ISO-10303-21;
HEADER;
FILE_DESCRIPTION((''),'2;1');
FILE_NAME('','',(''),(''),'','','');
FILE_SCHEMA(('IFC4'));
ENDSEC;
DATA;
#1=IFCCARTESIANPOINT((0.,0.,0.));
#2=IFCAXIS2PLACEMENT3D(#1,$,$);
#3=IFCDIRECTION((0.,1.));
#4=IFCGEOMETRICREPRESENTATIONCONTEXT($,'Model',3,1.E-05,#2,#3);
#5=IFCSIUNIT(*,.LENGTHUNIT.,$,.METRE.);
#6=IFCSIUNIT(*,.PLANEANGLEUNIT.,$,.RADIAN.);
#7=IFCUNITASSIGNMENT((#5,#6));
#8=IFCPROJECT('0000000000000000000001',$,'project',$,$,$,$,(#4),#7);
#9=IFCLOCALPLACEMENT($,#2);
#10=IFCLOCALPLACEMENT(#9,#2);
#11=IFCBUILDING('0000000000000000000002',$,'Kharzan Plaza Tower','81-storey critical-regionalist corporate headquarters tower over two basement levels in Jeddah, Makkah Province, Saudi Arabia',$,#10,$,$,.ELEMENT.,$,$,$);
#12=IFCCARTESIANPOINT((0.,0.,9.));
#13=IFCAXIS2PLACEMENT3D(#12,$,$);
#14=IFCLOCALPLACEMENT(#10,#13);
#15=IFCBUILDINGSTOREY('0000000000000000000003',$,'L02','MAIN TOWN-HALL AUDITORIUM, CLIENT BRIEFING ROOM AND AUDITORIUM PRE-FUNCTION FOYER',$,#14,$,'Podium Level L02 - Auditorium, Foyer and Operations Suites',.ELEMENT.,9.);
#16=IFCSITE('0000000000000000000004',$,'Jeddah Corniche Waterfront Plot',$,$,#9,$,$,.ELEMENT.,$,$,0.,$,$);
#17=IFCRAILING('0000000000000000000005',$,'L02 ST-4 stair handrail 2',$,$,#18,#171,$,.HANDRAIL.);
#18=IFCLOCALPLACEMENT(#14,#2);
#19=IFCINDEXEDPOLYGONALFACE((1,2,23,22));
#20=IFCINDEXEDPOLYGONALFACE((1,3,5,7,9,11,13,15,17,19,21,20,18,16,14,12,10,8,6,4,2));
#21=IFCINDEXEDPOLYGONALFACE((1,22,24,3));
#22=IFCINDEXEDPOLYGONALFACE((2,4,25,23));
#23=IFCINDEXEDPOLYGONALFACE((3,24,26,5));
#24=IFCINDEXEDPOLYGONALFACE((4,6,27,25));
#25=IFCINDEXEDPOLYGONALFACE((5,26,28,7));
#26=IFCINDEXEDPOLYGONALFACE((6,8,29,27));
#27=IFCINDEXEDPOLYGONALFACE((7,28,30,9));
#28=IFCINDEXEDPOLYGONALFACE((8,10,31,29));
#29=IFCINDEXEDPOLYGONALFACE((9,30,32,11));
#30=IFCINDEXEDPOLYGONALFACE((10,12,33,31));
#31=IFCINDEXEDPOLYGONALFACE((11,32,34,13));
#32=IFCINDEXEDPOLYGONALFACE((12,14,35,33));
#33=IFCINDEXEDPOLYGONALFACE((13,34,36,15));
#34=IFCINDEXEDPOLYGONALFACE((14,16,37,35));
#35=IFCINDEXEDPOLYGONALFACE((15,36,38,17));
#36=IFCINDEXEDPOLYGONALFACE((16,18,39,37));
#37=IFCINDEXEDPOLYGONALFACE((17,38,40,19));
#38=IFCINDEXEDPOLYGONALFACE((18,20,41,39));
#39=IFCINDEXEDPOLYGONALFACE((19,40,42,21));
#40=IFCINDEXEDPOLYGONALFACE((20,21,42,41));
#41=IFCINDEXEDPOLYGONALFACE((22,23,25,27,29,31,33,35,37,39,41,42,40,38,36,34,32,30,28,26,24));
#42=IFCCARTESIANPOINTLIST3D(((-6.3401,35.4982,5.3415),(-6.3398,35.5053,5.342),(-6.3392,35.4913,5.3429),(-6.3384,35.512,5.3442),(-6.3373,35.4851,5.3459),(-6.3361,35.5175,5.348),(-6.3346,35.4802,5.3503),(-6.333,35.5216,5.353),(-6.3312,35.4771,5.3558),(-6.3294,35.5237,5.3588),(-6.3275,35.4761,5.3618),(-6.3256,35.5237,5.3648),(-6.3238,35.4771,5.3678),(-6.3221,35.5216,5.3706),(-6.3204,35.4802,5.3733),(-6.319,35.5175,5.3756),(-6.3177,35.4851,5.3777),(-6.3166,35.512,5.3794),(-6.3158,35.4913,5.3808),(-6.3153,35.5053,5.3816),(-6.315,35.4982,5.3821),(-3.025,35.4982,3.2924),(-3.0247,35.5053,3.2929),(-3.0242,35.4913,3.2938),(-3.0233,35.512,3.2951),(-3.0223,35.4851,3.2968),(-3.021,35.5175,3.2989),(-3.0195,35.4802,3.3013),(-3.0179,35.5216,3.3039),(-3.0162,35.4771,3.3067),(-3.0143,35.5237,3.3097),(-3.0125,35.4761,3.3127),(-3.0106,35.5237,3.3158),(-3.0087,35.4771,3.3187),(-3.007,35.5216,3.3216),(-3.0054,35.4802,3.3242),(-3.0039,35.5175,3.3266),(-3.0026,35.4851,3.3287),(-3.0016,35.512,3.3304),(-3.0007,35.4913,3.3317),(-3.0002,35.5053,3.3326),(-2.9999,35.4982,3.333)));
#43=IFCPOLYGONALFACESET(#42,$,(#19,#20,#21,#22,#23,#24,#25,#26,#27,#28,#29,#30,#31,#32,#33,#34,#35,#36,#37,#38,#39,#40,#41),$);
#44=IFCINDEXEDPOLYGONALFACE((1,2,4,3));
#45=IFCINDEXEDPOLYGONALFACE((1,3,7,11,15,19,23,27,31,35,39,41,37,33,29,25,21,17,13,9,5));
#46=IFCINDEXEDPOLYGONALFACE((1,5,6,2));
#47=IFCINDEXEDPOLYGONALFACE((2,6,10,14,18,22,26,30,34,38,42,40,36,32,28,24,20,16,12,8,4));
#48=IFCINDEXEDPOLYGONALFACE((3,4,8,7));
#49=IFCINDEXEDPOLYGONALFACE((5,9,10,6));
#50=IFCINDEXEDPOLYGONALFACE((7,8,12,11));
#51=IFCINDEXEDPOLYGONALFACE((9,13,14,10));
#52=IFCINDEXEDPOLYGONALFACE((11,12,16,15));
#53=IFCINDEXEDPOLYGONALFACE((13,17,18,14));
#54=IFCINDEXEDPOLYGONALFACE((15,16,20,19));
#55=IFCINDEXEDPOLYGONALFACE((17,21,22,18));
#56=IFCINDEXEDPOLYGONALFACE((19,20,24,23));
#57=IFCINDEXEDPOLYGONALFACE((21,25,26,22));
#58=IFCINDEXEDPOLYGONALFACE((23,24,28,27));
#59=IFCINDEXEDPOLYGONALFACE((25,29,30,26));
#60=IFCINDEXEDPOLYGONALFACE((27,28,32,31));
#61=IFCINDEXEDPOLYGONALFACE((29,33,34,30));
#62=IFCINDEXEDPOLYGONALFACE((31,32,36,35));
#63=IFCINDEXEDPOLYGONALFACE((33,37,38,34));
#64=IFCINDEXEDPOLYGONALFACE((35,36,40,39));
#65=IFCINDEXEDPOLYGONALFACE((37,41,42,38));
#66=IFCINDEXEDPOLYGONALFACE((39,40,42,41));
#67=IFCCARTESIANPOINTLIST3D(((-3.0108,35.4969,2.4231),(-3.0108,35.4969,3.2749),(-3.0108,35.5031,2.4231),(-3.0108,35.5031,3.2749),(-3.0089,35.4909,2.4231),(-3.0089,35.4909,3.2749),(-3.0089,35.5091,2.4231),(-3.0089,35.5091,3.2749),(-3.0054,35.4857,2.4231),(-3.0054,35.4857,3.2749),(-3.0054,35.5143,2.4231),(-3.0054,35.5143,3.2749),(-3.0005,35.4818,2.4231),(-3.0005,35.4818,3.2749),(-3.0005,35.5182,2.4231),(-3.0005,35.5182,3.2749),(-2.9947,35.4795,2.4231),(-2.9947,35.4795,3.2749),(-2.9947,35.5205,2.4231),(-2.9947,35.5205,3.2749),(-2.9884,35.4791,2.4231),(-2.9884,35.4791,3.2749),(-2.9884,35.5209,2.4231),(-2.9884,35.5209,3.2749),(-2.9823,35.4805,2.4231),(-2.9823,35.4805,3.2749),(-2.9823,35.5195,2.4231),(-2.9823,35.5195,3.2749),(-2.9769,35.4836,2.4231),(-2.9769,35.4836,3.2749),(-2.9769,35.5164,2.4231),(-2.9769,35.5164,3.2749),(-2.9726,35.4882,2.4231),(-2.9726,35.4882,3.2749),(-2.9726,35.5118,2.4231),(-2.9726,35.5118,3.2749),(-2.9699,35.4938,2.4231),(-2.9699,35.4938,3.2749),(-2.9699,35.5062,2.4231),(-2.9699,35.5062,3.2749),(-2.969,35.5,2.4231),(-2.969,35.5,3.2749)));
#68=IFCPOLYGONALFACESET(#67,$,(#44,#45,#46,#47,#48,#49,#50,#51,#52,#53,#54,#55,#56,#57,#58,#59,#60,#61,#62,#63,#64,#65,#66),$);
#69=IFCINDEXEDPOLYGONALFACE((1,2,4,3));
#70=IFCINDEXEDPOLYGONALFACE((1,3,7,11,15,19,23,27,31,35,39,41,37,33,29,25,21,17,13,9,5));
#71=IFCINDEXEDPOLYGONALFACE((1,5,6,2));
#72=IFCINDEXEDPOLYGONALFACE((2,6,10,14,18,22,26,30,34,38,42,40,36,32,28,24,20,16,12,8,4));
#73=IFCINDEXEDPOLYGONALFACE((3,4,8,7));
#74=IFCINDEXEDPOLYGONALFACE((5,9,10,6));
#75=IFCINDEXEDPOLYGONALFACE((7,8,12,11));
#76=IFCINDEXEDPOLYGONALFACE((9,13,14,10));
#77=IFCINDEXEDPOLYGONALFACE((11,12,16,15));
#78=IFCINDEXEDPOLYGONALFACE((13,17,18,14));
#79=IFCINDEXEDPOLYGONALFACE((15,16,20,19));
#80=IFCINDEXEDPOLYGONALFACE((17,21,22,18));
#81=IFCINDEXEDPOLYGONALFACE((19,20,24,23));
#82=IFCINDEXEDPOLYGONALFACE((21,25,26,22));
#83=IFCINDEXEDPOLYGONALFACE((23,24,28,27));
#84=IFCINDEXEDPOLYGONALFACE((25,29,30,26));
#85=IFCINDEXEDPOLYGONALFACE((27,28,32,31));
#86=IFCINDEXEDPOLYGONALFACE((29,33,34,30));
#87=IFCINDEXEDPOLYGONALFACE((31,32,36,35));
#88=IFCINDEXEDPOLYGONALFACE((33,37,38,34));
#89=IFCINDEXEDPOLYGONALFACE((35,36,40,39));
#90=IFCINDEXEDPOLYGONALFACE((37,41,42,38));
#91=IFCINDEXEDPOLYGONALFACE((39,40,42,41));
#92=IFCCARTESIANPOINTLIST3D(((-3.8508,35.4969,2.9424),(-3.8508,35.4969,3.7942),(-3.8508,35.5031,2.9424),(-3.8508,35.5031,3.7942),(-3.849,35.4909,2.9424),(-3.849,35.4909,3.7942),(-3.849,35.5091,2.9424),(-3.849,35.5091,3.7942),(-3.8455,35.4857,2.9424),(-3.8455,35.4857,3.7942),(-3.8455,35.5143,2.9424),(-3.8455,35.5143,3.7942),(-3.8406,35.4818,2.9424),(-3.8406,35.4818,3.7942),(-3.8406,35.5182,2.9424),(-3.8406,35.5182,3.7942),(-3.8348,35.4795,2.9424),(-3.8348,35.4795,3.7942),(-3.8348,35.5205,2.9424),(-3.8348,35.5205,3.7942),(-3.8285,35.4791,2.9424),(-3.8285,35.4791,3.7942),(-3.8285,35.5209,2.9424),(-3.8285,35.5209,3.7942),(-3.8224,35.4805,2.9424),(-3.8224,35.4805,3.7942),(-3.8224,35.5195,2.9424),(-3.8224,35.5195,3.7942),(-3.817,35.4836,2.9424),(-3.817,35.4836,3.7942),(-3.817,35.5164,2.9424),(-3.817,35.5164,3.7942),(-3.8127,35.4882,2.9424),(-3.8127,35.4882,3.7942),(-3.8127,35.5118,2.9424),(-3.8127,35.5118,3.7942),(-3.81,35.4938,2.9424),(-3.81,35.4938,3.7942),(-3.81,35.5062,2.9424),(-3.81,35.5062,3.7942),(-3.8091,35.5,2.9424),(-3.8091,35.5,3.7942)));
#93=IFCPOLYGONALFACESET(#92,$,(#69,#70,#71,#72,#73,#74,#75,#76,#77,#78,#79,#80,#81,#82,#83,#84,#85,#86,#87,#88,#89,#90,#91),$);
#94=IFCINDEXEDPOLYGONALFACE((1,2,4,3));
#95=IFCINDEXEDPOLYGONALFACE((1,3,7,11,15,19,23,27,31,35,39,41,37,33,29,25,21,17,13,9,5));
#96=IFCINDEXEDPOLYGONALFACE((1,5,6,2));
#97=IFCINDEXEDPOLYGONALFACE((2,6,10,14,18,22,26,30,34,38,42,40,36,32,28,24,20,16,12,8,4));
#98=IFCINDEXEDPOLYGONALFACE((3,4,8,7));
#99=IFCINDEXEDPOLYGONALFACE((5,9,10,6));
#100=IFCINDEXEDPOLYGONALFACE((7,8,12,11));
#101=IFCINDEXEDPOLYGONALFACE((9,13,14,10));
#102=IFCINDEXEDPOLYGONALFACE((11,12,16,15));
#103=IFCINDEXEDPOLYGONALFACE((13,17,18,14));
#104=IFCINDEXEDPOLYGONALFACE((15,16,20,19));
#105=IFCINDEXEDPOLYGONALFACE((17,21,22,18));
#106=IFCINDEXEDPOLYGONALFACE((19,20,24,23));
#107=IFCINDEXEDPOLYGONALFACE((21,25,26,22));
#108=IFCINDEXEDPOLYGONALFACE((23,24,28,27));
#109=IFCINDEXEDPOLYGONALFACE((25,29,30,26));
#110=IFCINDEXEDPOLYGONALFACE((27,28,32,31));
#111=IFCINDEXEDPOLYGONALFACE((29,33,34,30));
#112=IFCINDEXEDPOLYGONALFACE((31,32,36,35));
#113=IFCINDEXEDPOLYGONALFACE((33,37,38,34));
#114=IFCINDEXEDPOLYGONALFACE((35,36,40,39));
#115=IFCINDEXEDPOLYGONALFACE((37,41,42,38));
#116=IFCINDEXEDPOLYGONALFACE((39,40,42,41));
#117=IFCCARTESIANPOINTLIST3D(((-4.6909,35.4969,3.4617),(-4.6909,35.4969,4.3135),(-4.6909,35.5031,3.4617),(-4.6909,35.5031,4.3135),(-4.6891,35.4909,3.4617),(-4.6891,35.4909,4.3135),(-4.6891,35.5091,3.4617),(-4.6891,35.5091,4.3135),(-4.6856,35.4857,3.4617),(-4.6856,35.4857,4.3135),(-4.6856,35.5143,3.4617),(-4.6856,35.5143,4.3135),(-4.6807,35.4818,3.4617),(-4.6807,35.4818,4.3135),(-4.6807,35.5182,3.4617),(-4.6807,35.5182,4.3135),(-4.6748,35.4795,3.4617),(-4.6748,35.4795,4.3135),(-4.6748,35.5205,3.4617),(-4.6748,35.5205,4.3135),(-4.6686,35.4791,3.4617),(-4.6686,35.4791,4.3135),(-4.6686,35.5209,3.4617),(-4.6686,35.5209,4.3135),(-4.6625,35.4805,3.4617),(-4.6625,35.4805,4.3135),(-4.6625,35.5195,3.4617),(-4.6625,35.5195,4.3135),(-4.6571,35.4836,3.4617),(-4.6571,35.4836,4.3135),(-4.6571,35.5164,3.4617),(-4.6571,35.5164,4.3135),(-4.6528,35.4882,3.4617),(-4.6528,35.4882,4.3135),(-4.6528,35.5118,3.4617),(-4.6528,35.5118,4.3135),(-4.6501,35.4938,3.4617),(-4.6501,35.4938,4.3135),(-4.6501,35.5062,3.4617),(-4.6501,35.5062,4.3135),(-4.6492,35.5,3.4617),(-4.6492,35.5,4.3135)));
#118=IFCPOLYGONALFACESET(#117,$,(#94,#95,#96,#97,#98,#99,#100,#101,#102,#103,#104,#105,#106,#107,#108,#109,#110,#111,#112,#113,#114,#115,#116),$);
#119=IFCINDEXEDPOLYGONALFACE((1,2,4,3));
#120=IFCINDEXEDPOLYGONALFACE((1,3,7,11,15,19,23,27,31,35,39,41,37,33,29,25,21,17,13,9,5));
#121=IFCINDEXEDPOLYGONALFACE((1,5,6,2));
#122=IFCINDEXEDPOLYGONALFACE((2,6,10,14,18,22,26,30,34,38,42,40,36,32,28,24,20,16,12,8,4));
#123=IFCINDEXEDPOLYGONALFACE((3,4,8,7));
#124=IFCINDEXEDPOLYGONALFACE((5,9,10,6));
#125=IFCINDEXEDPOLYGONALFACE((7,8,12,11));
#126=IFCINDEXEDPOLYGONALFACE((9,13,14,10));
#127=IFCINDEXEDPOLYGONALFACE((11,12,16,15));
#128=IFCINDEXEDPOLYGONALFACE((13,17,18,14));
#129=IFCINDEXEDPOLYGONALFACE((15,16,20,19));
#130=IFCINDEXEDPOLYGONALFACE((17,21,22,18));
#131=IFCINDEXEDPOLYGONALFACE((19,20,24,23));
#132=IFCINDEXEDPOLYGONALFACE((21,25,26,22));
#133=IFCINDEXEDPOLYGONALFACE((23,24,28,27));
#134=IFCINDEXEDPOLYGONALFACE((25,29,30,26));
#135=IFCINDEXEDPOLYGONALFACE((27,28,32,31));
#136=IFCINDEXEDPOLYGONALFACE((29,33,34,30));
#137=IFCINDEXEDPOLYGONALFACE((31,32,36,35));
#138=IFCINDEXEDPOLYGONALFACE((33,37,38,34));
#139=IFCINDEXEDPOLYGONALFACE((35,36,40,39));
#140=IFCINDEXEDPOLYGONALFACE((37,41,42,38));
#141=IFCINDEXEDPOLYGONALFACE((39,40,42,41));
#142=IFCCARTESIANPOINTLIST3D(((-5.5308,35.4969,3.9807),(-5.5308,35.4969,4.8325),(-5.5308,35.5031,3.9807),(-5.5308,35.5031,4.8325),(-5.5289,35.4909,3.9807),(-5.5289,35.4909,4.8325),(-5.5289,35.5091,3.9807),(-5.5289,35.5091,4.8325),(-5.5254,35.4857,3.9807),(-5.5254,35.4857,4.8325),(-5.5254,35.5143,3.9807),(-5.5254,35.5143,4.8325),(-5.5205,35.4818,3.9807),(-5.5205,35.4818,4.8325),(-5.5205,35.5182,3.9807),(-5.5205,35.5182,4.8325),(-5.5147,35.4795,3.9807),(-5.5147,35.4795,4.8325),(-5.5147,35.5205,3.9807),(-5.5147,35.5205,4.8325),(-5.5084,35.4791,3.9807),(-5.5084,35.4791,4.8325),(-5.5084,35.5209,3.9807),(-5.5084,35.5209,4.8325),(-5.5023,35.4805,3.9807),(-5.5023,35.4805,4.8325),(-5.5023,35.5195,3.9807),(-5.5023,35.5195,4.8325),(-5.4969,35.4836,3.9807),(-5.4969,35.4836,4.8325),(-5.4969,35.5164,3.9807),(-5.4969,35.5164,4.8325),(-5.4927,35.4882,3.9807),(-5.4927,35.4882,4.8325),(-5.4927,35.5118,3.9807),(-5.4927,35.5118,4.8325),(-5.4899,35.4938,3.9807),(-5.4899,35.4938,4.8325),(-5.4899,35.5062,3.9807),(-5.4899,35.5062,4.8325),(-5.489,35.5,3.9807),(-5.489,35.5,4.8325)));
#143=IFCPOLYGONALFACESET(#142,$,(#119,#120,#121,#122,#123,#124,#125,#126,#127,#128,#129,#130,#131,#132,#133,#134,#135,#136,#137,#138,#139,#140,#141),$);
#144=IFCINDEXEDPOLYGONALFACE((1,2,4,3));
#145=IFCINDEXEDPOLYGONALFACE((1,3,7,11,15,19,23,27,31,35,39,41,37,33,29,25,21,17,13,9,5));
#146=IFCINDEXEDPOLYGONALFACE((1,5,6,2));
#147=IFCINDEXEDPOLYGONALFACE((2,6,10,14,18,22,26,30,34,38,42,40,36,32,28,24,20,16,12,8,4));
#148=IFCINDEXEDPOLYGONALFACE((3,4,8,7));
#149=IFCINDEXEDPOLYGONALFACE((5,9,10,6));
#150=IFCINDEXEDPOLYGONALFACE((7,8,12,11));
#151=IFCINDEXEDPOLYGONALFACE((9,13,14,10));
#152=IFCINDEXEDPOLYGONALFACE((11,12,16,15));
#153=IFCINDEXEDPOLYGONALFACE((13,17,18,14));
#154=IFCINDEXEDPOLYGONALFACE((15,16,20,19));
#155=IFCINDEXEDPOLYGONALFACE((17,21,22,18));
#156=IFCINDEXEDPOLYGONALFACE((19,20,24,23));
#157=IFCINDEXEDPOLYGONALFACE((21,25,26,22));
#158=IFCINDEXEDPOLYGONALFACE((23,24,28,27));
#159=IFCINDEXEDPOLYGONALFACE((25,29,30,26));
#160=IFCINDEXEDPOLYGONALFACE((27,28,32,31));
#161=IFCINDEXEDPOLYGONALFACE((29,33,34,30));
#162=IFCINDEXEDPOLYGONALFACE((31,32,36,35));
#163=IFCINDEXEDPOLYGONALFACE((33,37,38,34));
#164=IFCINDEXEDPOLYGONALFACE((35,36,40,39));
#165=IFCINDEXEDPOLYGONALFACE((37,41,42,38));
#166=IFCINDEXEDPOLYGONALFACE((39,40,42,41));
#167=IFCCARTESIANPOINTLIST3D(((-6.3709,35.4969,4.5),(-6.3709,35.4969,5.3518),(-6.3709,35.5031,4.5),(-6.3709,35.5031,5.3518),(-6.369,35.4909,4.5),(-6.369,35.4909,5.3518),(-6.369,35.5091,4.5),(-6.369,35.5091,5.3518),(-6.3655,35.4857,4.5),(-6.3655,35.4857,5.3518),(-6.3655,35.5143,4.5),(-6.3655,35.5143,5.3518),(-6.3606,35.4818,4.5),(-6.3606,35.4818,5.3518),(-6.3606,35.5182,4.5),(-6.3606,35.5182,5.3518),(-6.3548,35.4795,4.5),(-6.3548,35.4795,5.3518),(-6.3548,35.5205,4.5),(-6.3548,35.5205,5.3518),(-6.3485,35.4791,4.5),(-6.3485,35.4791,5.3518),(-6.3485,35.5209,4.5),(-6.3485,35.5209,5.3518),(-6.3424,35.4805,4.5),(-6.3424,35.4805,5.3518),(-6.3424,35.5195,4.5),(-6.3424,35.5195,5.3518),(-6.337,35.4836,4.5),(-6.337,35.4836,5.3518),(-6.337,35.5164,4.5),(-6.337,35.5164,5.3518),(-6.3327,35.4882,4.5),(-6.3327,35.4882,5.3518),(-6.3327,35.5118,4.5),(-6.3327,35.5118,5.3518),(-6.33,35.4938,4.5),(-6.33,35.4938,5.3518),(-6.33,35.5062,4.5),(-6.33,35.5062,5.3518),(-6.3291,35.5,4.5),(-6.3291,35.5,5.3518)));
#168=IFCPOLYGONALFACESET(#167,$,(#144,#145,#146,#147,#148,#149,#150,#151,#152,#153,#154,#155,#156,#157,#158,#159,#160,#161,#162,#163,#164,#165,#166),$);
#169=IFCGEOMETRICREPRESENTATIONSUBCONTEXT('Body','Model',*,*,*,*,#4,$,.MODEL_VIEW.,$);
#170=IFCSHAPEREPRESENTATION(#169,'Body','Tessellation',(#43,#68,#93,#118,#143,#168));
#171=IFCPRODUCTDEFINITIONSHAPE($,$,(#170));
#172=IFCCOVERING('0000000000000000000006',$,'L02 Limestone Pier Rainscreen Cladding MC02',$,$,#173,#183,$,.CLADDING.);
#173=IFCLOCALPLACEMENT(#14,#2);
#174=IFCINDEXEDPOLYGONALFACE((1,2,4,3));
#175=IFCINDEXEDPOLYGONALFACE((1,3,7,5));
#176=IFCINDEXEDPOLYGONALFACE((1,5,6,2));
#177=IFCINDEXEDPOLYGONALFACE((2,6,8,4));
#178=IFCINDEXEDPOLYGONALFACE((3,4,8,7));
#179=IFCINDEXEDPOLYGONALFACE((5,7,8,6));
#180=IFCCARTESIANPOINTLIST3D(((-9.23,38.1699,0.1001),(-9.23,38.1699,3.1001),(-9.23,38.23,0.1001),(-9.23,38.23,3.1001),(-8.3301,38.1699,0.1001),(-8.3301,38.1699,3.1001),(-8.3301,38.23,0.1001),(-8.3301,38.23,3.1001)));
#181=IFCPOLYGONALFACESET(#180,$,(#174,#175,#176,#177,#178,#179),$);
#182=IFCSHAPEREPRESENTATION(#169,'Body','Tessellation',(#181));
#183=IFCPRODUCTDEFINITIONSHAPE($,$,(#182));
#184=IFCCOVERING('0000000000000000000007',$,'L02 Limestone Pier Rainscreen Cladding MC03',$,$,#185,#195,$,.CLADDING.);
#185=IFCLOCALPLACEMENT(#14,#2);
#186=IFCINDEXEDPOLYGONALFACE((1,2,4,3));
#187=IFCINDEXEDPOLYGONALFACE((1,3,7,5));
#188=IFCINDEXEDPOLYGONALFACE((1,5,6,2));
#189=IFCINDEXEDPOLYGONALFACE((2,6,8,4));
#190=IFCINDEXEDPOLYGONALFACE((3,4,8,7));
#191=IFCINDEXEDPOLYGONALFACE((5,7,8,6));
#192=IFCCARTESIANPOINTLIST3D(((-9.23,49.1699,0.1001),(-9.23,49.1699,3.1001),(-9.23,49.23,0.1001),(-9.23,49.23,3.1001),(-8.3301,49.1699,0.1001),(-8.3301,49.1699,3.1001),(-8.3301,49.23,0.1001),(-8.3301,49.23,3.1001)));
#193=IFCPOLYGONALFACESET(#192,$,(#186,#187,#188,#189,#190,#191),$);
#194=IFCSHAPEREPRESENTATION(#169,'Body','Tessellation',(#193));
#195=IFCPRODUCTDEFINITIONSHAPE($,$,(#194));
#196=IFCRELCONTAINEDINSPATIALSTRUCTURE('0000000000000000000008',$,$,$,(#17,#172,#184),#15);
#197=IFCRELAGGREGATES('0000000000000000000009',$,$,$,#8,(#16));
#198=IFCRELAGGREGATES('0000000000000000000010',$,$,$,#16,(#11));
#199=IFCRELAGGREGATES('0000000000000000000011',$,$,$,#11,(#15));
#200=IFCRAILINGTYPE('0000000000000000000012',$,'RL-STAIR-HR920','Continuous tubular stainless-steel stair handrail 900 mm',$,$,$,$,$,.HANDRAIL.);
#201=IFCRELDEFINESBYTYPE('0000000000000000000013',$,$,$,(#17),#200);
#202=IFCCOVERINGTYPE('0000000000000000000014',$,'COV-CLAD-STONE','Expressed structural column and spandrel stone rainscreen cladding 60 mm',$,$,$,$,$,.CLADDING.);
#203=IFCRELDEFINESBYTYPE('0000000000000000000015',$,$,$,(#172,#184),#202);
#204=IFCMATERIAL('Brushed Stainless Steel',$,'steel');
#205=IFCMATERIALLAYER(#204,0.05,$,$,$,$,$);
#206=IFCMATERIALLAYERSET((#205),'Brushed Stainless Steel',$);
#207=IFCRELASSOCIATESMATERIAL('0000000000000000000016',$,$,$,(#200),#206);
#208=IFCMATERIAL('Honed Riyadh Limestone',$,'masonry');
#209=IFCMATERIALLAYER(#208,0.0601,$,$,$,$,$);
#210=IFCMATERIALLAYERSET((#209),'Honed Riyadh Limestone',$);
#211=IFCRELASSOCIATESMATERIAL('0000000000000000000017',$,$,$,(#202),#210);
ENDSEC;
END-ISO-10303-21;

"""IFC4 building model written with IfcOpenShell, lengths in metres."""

from ifc_helpers import new_model, si_unit, direction, frame, origin, origin_2d, place, context, subcontext, project, spatial, rectangle, circle, extrude, source, transform, mapped, material, layer, layer_set, type_object, element, save


model = new_model("IFC4")

# Units and contexts
model_context = context("Model", 3, precision=1e-05, world=origin(), true_north=direction((0.0, 1.0)))
body_context = subcontext(model_context, "Body", "Model", "MODEL_VIEW")
ifc_project = project(units=[si_unit("LENGTHUNIT", "METRE"), si_unit("PLANEANGLEUNIT", "RADIAN")], contexts=[model_context])

# Site, building, storey
site_placement = place(None, origin())
site = spatial("IfcSite", under=ifc_project, at=site_placement, Name="Jeddah Corniche Waterfront Plot", CompositionType="ELEMENT", RefElevation=0.0)
building_placement = place(site_placement, origin())
building = spatial("IfcBuilding", under=site, at=building_placement, Name="Kharzan Plaza Tower", Description="81-storey critical-regionalist corporate headquarters tower over two basement levels in Jeddah, Makkah Province, Saudi Arabia", CompositionType="ELEMENT")
storey_placement = place(building_placement, frame((0.0, 0.0, 9.0)))
storey = spatial("IfcBuildingStorey", under=building, at=storey_placement, Name="L02", Description="MAIN TOWN-HALL AUDITORIUM, CLIENT BRIEFING ROOM AND AUDITORIUM PRE-FUNCTION FOYER", LongName="Podium Level L02 - Auditorium, Foyer and Operations Suites", CompositionType="ELEMENT", Elevation=9.0)

# Railing
ifc_material_1 = material(Name="Brushed Stainless Steel", Category="steel")
ifc_layer_1 = layer(ifc_material_1, 0.05)
ifc_layer_set_1 = layer_set([ifc_layer_1], Name="Brushed Stainless Steel")
railing_type = type_object("IfcRailingType", Name="RL-STAIR-HR920", Description="Continuous tubular stainless-steel stair handrail 900 mm", PredefinedType="HANDRAIL", material=ifc_layer_set_1)
shared_shape_1 = source(origin(), body_context, "Body", "SweptSolid", [
    extrude(circle(Radius=0.0239, at=origin_2d()), frame((-0.0225, 0.0, 0.8896), z_axis=(-0.850623, 0.0, 0.525776), x_axis=(0.0, -1.0, 0.0)), (0.0, 0.0, 1.0), 3.8972),
    extrude(circle(Radius=0.021, at=origin_2d()), origin(), (0.0, 0.0, 1.0), 0.8518),
    extrude(circle(Radius=0.021, at=origin_2d()), frame((-0.8401, 0.0, 0.5193)), (0.0, 0.0, 1.0), 0.8518),
    extrude(circle(Radius=0.021, at=origin_2d()), frame((-1.6802, 0.0, 1.0386)), (0.0, 0.0, 1.0), 0.8518),
    extrude(circle(Radius=0.021, at=origin_2d()), frame((-2.52, 0.0, 1.5576)), (0.0, 0.0, 1.0), 0.8518),
    extrude(circle(Radius=0.021, at=origin_2d()), frame((-3.3601, 0.0, 2.0769)), (0.0, 0.0, 1.0), 0.8518),
])
railing_placement = place(storey_placement, frame((-2.99, 35.5, 2.4231)))
element("IfcRailing", 1, at=railing_placement, inside=storey, type_object=railing_type, Name="L02 ST-4 stair handrail 2", PredefinedType="HANDRAIL", context=body_context, shape_type="MappedRepresentation", body=[
    mapped(shared_shape_1, transform((0.0, 0.0, 0.0), x_axis=(1.0, 0.0, 0.0), y_axis=(0.0, 1.0, 0.0), z_axis=(0.0, 0.0, 1.0))),
])

# Coverings
ifc_material_2 = material(Name="Honed Riyadh Limestone", Category="masonry")
ifc_layer_2 = layer(ifc_material_2, 0.0601)
ifc_layer_set_2 = layer_set([ifc_layer_2], Name="Honed Riyadh Limestone")
covering_type = type_object("IfcCoveringType", Name="COV-CLAD-STONE", Description="Expressed structural column and spandrel stone rainscreen cladding 60 mm", PredefinedType="CLADDING", material=ifc_layer_set_2)
shared_shape_2 = source(origin(), body_context, "Body", "SweptSolid", [
    extrude(rectangle(XDim=0.0601, YDim=0.8999, at=origin_2d()), origin(), (0.0, 0.0, 1.0), 3.0),
])
for number, where, z_axis, x_axis, name in (
    (2, (-8.78, 38.2, 0.1001), (0.0, 0.0, 1.0), (0.0, 1.0, 0.0), "L02 Limestone Pier Rainscreen Cladding MC02"),
    (3, (-8.78, 49.2, 0.1001), (0.0, 0.0, 1.0), (0.0, 1.0, 0.0), "L02 Limestone Pier Rainscreen Cladding MC03"),
):
    element("IfcCovering", number, at=place(storey_placement, frame(where, z_axis=z_axis, x_axis=x_axis)), inside=storey, type_object=covering_type, Name=name, PredefinedType="CLADDING", context=body_context, shape_type="MappedRepresentation", body=[
        mapped(shared_shape_2, transform((0.0, 0.0, 0.0), x_axis=(1.0, 0.0, 0.0), y_axis=(0.0, 1.0, 0.0), z_axis=(0.0, 0.0, 1.0))),
    ])

save(model, "model.ifc")
